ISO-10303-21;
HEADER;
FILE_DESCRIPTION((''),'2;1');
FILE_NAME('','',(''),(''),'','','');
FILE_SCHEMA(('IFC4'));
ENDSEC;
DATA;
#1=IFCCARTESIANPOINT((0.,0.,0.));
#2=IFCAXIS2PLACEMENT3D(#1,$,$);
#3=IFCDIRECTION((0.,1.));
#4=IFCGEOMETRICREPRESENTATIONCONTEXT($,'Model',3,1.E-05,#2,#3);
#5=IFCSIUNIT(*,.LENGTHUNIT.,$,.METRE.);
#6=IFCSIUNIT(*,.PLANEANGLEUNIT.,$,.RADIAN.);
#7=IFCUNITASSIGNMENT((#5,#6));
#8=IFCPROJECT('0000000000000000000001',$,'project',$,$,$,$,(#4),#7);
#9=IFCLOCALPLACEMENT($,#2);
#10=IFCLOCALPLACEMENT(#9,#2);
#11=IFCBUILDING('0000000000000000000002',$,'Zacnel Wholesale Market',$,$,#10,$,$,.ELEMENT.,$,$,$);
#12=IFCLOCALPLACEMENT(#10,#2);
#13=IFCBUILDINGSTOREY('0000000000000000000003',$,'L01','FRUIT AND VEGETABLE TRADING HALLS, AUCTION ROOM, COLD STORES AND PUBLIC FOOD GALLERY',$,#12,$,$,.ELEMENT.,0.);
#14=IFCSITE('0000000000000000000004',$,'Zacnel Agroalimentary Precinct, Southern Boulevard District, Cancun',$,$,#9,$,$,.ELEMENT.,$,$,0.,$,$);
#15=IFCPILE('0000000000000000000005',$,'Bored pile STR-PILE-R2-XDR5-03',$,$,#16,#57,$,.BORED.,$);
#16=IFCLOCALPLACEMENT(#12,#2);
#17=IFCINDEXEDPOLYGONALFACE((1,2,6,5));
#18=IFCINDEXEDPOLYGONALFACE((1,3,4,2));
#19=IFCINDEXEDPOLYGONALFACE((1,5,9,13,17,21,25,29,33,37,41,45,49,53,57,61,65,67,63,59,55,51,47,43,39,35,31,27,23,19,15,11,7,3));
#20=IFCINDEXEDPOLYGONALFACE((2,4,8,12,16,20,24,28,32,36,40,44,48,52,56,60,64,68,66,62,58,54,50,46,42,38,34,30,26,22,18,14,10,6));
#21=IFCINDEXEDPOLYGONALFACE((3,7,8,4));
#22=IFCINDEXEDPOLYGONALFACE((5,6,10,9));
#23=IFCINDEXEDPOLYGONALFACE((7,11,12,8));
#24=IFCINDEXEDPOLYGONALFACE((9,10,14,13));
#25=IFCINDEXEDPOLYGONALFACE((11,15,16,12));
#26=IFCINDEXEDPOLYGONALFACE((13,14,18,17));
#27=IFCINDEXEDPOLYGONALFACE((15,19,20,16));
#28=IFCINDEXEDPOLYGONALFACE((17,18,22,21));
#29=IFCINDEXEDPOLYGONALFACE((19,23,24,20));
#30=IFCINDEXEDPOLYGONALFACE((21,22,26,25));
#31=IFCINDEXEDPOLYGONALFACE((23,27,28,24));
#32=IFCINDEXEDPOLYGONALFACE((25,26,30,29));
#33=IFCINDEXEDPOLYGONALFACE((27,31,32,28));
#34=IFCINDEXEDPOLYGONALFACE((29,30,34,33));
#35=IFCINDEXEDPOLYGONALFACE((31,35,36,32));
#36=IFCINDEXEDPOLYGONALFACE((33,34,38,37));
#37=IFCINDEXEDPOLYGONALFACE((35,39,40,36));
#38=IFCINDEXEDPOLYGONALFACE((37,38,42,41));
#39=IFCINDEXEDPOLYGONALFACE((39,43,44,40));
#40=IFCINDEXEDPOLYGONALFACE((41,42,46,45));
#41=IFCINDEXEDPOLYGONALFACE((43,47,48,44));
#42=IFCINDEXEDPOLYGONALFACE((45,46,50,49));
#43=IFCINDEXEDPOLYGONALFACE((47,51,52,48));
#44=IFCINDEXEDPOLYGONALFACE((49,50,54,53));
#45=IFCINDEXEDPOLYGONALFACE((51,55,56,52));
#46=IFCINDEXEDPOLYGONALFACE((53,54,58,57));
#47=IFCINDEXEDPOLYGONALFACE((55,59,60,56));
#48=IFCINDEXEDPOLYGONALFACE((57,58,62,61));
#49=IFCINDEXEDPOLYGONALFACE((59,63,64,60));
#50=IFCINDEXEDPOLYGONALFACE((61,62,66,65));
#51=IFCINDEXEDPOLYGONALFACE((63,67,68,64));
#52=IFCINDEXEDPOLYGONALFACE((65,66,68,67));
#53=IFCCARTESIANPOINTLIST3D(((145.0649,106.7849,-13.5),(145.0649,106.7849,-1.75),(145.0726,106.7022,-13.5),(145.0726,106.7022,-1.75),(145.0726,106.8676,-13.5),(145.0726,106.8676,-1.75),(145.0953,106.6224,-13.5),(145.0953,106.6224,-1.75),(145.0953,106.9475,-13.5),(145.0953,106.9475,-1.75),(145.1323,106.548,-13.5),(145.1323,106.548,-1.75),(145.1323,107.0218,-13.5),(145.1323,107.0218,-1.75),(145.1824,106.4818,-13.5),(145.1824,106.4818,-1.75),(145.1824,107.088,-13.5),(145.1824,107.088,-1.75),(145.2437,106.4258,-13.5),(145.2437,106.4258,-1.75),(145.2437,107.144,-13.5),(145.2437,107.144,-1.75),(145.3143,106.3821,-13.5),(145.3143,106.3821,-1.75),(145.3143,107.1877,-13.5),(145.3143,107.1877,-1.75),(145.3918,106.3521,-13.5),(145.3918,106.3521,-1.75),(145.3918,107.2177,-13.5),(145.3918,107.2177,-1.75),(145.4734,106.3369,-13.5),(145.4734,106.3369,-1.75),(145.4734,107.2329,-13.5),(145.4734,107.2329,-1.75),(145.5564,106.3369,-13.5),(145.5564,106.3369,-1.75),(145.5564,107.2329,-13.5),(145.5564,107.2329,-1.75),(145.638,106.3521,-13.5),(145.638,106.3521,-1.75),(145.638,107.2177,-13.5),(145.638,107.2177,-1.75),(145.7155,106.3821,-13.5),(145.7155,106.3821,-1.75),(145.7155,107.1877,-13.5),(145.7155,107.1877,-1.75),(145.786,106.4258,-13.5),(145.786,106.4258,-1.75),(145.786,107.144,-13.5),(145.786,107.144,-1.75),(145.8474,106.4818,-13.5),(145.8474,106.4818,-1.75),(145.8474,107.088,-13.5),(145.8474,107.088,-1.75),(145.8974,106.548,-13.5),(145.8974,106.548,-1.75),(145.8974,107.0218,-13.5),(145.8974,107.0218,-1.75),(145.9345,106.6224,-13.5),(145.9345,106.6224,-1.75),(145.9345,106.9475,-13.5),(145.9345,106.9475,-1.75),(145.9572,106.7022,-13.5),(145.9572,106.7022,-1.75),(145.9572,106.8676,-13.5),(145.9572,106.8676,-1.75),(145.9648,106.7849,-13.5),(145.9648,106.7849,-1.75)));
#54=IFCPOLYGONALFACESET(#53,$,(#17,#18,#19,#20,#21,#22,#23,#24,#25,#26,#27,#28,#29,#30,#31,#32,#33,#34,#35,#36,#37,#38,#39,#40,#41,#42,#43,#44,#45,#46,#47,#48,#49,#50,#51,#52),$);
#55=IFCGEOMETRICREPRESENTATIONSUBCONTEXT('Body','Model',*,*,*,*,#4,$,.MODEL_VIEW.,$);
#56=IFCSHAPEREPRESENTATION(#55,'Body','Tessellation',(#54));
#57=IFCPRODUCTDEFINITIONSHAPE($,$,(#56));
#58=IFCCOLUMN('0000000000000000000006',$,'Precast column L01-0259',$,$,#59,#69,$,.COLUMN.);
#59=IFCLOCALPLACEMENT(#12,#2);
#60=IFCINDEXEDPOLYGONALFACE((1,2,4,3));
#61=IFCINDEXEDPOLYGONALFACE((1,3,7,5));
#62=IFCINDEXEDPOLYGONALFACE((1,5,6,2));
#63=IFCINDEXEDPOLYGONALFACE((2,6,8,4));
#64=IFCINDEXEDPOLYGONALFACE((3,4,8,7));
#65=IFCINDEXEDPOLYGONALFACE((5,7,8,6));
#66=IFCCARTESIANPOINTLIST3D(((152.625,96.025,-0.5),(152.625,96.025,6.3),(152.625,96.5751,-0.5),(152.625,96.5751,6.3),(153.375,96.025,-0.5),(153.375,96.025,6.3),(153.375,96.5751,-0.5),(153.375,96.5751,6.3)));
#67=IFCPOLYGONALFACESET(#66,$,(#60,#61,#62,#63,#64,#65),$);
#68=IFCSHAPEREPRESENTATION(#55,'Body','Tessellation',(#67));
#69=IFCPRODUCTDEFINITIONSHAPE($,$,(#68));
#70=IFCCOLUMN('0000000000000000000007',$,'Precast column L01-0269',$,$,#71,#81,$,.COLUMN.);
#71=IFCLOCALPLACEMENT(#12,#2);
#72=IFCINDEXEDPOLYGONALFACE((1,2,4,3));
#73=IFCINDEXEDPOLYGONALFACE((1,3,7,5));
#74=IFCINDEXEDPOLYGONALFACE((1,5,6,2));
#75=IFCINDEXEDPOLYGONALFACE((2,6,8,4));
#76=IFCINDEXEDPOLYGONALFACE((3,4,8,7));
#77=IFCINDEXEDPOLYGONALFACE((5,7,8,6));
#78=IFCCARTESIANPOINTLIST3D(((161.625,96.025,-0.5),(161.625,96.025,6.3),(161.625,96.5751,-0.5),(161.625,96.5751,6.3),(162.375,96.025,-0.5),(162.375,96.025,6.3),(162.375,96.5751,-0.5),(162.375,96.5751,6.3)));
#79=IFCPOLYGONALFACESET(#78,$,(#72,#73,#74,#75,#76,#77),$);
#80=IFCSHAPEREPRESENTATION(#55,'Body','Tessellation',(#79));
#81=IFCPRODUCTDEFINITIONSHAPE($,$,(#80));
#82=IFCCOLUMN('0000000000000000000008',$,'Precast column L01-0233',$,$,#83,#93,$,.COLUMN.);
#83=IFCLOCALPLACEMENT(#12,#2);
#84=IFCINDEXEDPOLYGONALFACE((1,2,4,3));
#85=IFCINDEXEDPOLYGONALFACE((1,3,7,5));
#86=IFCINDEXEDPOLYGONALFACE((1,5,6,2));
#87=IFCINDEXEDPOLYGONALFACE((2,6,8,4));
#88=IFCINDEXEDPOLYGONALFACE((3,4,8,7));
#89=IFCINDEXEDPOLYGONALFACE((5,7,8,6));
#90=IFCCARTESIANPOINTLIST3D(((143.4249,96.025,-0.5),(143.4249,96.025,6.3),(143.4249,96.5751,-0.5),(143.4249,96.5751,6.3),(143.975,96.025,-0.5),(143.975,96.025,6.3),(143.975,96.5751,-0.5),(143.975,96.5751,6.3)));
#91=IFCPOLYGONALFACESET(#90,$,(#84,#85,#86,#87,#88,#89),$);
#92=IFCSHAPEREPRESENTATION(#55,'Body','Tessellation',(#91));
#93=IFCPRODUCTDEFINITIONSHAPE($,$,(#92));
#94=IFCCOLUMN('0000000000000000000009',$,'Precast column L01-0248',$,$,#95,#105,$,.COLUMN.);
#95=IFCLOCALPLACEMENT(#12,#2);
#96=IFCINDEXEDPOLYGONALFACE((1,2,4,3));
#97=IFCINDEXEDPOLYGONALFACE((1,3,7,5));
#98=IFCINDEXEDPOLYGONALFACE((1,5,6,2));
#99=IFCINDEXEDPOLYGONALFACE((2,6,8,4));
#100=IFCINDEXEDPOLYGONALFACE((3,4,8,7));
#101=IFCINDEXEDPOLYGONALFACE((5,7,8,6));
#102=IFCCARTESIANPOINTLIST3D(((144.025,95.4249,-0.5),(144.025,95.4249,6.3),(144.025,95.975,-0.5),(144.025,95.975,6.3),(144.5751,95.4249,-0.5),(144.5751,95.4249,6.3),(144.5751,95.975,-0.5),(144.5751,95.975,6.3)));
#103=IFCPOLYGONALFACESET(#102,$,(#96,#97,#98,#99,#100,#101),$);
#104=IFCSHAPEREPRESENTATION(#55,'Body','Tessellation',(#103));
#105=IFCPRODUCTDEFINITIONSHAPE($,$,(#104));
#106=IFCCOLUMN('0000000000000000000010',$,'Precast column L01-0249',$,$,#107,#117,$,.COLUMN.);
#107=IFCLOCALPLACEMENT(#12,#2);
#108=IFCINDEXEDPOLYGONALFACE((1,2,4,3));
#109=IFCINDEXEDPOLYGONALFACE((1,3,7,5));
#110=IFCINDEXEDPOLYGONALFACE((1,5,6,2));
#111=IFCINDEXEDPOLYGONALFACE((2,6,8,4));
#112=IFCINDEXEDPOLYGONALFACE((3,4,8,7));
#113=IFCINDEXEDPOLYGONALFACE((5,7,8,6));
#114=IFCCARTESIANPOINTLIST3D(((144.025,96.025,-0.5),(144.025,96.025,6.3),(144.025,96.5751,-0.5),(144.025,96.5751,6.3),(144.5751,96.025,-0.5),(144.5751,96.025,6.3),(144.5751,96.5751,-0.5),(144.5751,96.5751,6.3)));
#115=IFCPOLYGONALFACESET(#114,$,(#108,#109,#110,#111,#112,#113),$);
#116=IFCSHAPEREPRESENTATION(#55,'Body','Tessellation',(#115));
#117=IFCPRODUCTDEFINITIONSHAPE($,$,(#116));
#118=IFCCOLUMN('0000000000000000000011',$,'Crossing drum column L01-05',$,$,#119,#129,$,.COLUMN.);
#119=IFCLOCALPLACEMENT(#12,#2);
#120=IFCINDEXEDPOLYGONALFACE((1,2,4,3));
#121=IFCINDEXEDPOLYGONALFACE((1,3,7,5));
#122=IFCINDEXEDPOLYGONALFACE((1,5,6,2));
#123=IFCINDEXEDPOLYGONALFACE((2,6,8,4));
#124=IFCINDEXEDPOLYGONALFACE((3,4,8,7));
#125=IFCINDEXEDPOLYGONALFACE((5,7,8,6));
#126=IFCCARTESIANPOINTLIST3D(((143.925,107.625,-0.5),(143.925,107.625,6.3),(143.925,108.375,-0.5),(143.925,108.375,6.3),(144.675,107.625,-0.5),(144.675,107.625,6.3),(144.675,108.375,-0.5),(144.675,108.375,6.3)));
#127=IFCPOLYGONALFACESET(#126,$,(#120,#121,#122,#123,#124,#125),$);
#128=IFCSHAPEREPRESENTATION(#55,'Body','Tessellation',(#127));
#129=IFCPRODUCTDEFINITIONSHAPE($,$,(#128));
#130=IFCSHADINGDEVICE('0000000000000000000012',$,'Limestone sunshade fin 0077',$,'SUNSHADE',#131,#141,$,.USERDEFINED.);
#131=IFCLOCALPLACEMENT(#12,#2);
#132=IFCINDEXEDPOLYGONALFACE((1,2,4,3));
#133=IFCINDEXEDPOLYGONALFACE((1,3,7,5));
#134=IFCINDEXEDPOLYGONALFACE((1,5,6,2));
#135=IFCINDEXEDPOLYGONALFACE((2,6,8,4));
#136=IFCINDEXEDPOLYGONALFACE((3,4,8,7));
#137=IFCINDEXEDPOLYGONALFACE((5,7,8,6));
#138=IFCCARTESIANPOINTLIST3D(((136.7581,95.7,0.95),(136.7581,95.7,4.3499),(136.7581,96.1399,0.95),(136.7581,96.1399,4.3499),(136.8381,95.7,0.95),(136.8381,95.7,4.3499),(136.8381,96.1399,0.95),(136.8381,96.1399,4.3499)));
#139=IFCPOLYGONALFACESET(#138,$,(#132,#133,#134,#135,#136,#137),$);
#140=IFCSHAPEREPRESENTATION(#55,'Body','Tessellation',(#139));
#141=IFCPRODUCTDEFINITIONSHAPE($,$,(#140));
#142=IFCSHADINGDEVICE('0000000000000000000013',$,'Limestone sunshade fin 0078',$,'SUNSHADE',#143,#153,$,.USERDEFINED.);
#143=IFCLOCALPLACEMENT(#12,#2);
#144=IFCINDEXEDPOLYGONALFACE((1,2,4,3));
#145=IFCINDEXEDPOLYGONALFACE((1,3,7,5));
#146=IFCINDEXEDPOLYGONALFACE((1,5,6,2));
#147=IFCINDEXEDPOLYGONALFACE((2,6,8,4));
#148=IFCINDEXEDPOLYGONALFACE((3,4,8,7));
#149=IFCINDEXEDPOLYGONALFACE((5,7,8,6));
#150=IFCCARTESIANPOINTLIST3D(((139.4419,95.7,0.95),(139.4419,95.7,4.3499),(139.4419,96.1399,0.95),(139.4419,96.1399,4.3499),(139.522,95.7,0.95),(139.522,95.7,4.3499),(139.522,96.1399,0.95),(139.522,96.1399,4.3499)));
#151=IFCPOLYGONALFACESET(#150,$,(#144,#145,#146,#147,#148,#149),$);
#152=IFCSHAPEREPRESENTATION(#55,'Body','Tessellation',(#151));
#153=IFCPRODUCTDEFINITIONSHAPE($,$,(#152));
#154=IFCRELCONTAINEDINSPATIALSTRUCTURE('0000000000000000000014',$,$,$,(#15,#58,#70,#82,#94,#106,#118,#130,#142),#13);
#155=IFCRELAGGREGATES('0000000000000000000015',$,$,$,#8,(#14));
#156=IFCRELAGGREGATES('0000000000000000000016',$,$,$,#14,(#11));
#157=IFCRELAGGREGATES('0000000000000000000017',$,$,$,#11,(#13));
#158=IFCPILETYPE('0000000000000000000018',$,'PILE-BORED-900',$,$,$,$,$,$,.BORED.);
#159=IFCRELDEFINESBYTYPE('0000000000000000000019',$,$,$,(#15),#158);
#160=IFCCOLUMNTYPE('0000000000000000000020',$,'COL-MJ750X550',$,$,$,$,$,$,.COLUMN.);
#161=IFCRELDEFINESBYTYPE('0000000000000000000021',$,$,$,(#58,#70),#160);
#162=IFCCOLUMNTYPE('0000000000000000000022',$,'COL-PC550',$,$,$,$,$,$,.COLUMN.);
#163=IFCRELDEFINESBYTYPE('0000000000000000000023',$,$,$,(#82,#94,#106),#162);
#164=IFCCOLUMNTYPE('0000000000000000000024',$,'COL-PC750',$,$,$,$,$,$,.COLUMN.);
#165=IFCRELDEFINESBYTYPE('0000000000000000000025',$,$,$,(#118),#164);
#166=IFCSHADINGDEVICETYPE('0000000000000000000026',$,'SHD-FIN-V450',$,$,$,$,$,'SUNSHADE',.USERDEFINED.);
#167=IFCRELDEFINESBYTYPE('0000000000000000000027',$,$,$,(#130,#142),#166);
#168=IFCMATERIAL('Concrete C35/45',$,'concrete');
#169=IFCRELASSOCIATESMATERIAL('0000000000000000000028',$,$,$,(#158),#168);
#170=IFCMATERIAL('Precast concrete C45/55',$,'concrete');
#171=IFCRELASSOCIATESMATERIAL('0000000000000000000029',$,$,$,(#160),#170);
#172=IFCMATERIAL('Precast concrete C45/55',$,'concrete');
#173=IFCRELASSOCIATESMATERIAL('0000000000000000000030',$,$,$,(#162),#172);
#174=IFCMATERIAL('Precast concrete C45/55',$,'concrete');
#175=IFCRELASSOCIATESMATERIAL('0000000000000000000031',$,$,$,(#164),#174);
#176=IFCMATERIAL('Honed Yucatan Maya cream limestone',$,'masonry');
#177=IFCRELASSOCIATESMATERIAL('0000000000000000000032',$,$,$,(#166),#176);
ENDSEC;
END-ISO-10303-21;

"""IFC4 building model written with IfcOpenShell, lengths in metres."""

from ifc_helpers import new_model, si_unit, direction, frame, origin, origin_2d, place, context, subcontext, project, spatial, rectangle, circle, extrude, material, material_profile, profile_set, type_object, element, save


model = new_model("IFC4")

# Units and contexts
model_context = context("Model", 3, precision=1e-05, world=origin(), true_north=direction((0.0, 1.0)))
body_context = subcontext(model_context, "Body", "Model", "MODEL_VIEW")
ifc_project = project(units=[si_unit("LENGTHUNIT", "METRE"), si_unit("PLANEANGLEUNIT", "RADIAN")], contexts=[model_context])

# Site, building, storey
site_placement = place(None, origin())
site = spatial("IfcSite", under=ifc_project, at=site_placement, Name="Zacnel Agroalimentary Precinct, Southern Boulevard District, Cancun", CompositionType="ELEMENT", RefElevation=0.0)
building_placement = place(site_placement, origin())
building = spatial("IfcBuilding", under=site, at=building_placement, Name="Zacnel Wholesale Market", CompositionType="ELEMENT")
storey_placement = place(building_placement, origin())
storey = spatial("IfcBuildingStorey", under=building, at=storey_placement, Name="L01", Description="FRUIT AND VEGETABLE TRADING HALLS, AUCTION ROOM, COLD STORES AND PUBLIC FOOD GALLERY", CompositionType="ELEMENT", Elevation=0.0)

# Pile
ifc_material_1 = material(Name="Concrete C35/45", Category="concrete")
ifc_material_profile_1 = material_profile(ifc_material_1, circle(Radius=0.45, at=origin_2d()), Name="BORED PILE D900")
ifc_profile_set_1 = profile_set([ifc_material_profile_1], Name="Concrete C35/45")
pile_type_1 = type_object("IfcPileType", Name="PILE-BORED-900", PredefinedType="BORED", material=ifc_profile_set_1)
for number, where, z_axis, x_axis, name in (
    (1, (145.5149, 106.7849, -1.75), (0.0, 0.0, -1.0), (1.0, 0.0, 0.0), "Bored pile STR-PILE-R2-XDR5-03"),
):
    element("IfcPile", number, at=place(storey_placement, frame(where, z_axis=z_axis, x_axis=x_axis)), inside=storey, type_object=pile_type_1, Name=name, PredefinedType="BORED", context=body_context, shape_type="SweptSolid", body=[
        extrude(circle(Radius=0.45, at=origin_2d()), origin(), (0.0, 0.0, 1.0), 11.75),
    ])

# Columns
ifc_material_2 = material(Name="Precast concrete C45/55", Category="concrete")
ifc_material_profile_2 = material_profile(ifc_material_2, rectangle(XDim=0.75, YDim=0.55, at=origin_2d()), Name="PC 750x550")
ifc_profile_set_2 = profile_set([ifc_material_profile_2], Name="Precast concrete C45/55")
column_type_1 = type_object("IfcColumnType", Name="COL-MJ750X550", PredefinedType="COLUMN", material=ifc_profile_set_2)
for number, where, z_axis, x_axis, name in (
    (2, (153.0, 96.3, -0.5), (0.0, 0.0, 1.0), (1.0, 0.0, 0.0), "Precast column L01-0259"),
    (3, (162.0, 96.3, -0.5), (0.0, 0.0, 1.0), (1.0, 0.0, 0.0), "Precast column L01-0269"),
):
    element("IfcColumn", number, at=place(storey_placement, frame(where, z_axis=z_axis, x_axis=x_axis)), inside=storey, type_object=column_type_1, Name=name, PredefinedType="COLUMN", context=body_context, shape_type="SweptSolid", body=[
        extrude(rectangle(XDim=0.75, YDim=0.55, at=origin_2d()), origin(), (0.0, 0.0, 1.0), 6.8),
    ])
ifc_material_3 = material(Name="Precast concrete C45/55", Category="concrete")
ifc_material_profile_3 = material_profile(ifc_material_3, rectangle(XDim=0.55, YDim=0.55, at=origin_2d()), Name="PC 550x550")
ifc_profile_set_3 = profile_set([ifc_material_profile_3], Name="Precast concrete C45/55")
column_type_2 = type_object("IfcColumnType", Name="COL-PC550", PredefinedType="COLUMN", material=ifc_profile_set_3)
for number, where, z_axis, x_axis, name in (
    (4, (143.7, 96.3, -0.5), (0.0, 0.0, 1.0), (1.0, 0.0, 0.0), "Precast column L01-0233"),
    (5, (144.3, 95.7, -0.5), (0.0, 0.0, 1.0), (1.0, 0.0, 0.0), "Precast column L01-0248"),
    (6, (144.3, 96.3, -0.5), (0.0, 0.0, 1.0), (1.0, 0.0, 0.0), "Precast column L01-0249"),
):
    element("IfcColumn", number, at=place(storey_placement, frame(where, z_axis=z_axis, x_axis=x_axis)), inside=storey, type_object=column_type_2, Name=name, PredefinedType="COLUMN", context=body_context, shape_type="SweptSolid", body=[
        extrude(rectangle(XDim=0.55, YDim=0.55, at=origin_2d()), origin(), (0.0, 0.0, 1.0), 6.8),
    ])
ifc_material_4 = material(Name="Precast concrete C45/55", Category="concrete")
ifc_material_profile_4 = material_profile(ifc_material_4, rectangle(XDim=0.75, YDim=0.75, at=origin_2d()), Name="PC 750x750")
ifc_profile_set_4 = profile_set([ifc_material_profile_4], Name="Precast concrete C45/55")
column_type_3 = type_object("IfcColumnType", Name="COL-PC750", PredefinedType="COLUMN", material=ifc_profile_set_4)
column_placement = place(storey_placement, frame((144.3, 108.0, -0.5), z_axis=(0.0, 0.0, 1.0), x_axis=(1.0, 0.0, 0.0)))
element("IfcColumn", 7, at=column_placement, inside=storey, type_object=column_type_3, Name="Crossing drum column L01-05", PredefinedType="COLUMN", context=body_context, shape_type="SweptSolid", body=[
    extrude(rectangle(XDim=0.75, YDim=0.75, at=origin_2d()), origin(), (0.0, 0.0, 1.0), 6.8),
])

# Shading devices
ifc_material_5 = material(Name="Honed Yucatan Maya cream limestone", Category="masonry")
shading_device_type = type_object("IfcShadingDeviceType", Name="SHD-FIN-V450", ElementType="SUNSHADE", PredefinedType="USERDEFINED", material=ifc_material_5)
for number, where, z_axis, x_axis, name in (
    (8, (136.7981, 95.9199, 0.95), (0.0, 0.0, 1.0), (1.0, 0.0, 0.0), "Limestone sunshade fin 0077"),
    (9, (139.4819, 95.9199, 0.95), (0.0, 0.0, 1.0), (1.0, 0.0, 0.0), "Limestone sunshade fin 0078"),
):
    element("IfcShadingDevice", number, at=place(storey_placement, frame(where, z_axis=z_axis, x_axis=x_axis)), inside=storey, type_object=shading_device_type, Name=name, ObjectType="SUNSHADE", PredefinedType="USERDEFINED", context=body_context, shape_type="SweptSolid", body=[
        extrude(rectangle(XDim=0.0801, YDim=0.4399, at=origin_2d()), origin(), (0.0, 0.0, 1.0), 3.3999),
    ])

save(model, "model.ifc")
